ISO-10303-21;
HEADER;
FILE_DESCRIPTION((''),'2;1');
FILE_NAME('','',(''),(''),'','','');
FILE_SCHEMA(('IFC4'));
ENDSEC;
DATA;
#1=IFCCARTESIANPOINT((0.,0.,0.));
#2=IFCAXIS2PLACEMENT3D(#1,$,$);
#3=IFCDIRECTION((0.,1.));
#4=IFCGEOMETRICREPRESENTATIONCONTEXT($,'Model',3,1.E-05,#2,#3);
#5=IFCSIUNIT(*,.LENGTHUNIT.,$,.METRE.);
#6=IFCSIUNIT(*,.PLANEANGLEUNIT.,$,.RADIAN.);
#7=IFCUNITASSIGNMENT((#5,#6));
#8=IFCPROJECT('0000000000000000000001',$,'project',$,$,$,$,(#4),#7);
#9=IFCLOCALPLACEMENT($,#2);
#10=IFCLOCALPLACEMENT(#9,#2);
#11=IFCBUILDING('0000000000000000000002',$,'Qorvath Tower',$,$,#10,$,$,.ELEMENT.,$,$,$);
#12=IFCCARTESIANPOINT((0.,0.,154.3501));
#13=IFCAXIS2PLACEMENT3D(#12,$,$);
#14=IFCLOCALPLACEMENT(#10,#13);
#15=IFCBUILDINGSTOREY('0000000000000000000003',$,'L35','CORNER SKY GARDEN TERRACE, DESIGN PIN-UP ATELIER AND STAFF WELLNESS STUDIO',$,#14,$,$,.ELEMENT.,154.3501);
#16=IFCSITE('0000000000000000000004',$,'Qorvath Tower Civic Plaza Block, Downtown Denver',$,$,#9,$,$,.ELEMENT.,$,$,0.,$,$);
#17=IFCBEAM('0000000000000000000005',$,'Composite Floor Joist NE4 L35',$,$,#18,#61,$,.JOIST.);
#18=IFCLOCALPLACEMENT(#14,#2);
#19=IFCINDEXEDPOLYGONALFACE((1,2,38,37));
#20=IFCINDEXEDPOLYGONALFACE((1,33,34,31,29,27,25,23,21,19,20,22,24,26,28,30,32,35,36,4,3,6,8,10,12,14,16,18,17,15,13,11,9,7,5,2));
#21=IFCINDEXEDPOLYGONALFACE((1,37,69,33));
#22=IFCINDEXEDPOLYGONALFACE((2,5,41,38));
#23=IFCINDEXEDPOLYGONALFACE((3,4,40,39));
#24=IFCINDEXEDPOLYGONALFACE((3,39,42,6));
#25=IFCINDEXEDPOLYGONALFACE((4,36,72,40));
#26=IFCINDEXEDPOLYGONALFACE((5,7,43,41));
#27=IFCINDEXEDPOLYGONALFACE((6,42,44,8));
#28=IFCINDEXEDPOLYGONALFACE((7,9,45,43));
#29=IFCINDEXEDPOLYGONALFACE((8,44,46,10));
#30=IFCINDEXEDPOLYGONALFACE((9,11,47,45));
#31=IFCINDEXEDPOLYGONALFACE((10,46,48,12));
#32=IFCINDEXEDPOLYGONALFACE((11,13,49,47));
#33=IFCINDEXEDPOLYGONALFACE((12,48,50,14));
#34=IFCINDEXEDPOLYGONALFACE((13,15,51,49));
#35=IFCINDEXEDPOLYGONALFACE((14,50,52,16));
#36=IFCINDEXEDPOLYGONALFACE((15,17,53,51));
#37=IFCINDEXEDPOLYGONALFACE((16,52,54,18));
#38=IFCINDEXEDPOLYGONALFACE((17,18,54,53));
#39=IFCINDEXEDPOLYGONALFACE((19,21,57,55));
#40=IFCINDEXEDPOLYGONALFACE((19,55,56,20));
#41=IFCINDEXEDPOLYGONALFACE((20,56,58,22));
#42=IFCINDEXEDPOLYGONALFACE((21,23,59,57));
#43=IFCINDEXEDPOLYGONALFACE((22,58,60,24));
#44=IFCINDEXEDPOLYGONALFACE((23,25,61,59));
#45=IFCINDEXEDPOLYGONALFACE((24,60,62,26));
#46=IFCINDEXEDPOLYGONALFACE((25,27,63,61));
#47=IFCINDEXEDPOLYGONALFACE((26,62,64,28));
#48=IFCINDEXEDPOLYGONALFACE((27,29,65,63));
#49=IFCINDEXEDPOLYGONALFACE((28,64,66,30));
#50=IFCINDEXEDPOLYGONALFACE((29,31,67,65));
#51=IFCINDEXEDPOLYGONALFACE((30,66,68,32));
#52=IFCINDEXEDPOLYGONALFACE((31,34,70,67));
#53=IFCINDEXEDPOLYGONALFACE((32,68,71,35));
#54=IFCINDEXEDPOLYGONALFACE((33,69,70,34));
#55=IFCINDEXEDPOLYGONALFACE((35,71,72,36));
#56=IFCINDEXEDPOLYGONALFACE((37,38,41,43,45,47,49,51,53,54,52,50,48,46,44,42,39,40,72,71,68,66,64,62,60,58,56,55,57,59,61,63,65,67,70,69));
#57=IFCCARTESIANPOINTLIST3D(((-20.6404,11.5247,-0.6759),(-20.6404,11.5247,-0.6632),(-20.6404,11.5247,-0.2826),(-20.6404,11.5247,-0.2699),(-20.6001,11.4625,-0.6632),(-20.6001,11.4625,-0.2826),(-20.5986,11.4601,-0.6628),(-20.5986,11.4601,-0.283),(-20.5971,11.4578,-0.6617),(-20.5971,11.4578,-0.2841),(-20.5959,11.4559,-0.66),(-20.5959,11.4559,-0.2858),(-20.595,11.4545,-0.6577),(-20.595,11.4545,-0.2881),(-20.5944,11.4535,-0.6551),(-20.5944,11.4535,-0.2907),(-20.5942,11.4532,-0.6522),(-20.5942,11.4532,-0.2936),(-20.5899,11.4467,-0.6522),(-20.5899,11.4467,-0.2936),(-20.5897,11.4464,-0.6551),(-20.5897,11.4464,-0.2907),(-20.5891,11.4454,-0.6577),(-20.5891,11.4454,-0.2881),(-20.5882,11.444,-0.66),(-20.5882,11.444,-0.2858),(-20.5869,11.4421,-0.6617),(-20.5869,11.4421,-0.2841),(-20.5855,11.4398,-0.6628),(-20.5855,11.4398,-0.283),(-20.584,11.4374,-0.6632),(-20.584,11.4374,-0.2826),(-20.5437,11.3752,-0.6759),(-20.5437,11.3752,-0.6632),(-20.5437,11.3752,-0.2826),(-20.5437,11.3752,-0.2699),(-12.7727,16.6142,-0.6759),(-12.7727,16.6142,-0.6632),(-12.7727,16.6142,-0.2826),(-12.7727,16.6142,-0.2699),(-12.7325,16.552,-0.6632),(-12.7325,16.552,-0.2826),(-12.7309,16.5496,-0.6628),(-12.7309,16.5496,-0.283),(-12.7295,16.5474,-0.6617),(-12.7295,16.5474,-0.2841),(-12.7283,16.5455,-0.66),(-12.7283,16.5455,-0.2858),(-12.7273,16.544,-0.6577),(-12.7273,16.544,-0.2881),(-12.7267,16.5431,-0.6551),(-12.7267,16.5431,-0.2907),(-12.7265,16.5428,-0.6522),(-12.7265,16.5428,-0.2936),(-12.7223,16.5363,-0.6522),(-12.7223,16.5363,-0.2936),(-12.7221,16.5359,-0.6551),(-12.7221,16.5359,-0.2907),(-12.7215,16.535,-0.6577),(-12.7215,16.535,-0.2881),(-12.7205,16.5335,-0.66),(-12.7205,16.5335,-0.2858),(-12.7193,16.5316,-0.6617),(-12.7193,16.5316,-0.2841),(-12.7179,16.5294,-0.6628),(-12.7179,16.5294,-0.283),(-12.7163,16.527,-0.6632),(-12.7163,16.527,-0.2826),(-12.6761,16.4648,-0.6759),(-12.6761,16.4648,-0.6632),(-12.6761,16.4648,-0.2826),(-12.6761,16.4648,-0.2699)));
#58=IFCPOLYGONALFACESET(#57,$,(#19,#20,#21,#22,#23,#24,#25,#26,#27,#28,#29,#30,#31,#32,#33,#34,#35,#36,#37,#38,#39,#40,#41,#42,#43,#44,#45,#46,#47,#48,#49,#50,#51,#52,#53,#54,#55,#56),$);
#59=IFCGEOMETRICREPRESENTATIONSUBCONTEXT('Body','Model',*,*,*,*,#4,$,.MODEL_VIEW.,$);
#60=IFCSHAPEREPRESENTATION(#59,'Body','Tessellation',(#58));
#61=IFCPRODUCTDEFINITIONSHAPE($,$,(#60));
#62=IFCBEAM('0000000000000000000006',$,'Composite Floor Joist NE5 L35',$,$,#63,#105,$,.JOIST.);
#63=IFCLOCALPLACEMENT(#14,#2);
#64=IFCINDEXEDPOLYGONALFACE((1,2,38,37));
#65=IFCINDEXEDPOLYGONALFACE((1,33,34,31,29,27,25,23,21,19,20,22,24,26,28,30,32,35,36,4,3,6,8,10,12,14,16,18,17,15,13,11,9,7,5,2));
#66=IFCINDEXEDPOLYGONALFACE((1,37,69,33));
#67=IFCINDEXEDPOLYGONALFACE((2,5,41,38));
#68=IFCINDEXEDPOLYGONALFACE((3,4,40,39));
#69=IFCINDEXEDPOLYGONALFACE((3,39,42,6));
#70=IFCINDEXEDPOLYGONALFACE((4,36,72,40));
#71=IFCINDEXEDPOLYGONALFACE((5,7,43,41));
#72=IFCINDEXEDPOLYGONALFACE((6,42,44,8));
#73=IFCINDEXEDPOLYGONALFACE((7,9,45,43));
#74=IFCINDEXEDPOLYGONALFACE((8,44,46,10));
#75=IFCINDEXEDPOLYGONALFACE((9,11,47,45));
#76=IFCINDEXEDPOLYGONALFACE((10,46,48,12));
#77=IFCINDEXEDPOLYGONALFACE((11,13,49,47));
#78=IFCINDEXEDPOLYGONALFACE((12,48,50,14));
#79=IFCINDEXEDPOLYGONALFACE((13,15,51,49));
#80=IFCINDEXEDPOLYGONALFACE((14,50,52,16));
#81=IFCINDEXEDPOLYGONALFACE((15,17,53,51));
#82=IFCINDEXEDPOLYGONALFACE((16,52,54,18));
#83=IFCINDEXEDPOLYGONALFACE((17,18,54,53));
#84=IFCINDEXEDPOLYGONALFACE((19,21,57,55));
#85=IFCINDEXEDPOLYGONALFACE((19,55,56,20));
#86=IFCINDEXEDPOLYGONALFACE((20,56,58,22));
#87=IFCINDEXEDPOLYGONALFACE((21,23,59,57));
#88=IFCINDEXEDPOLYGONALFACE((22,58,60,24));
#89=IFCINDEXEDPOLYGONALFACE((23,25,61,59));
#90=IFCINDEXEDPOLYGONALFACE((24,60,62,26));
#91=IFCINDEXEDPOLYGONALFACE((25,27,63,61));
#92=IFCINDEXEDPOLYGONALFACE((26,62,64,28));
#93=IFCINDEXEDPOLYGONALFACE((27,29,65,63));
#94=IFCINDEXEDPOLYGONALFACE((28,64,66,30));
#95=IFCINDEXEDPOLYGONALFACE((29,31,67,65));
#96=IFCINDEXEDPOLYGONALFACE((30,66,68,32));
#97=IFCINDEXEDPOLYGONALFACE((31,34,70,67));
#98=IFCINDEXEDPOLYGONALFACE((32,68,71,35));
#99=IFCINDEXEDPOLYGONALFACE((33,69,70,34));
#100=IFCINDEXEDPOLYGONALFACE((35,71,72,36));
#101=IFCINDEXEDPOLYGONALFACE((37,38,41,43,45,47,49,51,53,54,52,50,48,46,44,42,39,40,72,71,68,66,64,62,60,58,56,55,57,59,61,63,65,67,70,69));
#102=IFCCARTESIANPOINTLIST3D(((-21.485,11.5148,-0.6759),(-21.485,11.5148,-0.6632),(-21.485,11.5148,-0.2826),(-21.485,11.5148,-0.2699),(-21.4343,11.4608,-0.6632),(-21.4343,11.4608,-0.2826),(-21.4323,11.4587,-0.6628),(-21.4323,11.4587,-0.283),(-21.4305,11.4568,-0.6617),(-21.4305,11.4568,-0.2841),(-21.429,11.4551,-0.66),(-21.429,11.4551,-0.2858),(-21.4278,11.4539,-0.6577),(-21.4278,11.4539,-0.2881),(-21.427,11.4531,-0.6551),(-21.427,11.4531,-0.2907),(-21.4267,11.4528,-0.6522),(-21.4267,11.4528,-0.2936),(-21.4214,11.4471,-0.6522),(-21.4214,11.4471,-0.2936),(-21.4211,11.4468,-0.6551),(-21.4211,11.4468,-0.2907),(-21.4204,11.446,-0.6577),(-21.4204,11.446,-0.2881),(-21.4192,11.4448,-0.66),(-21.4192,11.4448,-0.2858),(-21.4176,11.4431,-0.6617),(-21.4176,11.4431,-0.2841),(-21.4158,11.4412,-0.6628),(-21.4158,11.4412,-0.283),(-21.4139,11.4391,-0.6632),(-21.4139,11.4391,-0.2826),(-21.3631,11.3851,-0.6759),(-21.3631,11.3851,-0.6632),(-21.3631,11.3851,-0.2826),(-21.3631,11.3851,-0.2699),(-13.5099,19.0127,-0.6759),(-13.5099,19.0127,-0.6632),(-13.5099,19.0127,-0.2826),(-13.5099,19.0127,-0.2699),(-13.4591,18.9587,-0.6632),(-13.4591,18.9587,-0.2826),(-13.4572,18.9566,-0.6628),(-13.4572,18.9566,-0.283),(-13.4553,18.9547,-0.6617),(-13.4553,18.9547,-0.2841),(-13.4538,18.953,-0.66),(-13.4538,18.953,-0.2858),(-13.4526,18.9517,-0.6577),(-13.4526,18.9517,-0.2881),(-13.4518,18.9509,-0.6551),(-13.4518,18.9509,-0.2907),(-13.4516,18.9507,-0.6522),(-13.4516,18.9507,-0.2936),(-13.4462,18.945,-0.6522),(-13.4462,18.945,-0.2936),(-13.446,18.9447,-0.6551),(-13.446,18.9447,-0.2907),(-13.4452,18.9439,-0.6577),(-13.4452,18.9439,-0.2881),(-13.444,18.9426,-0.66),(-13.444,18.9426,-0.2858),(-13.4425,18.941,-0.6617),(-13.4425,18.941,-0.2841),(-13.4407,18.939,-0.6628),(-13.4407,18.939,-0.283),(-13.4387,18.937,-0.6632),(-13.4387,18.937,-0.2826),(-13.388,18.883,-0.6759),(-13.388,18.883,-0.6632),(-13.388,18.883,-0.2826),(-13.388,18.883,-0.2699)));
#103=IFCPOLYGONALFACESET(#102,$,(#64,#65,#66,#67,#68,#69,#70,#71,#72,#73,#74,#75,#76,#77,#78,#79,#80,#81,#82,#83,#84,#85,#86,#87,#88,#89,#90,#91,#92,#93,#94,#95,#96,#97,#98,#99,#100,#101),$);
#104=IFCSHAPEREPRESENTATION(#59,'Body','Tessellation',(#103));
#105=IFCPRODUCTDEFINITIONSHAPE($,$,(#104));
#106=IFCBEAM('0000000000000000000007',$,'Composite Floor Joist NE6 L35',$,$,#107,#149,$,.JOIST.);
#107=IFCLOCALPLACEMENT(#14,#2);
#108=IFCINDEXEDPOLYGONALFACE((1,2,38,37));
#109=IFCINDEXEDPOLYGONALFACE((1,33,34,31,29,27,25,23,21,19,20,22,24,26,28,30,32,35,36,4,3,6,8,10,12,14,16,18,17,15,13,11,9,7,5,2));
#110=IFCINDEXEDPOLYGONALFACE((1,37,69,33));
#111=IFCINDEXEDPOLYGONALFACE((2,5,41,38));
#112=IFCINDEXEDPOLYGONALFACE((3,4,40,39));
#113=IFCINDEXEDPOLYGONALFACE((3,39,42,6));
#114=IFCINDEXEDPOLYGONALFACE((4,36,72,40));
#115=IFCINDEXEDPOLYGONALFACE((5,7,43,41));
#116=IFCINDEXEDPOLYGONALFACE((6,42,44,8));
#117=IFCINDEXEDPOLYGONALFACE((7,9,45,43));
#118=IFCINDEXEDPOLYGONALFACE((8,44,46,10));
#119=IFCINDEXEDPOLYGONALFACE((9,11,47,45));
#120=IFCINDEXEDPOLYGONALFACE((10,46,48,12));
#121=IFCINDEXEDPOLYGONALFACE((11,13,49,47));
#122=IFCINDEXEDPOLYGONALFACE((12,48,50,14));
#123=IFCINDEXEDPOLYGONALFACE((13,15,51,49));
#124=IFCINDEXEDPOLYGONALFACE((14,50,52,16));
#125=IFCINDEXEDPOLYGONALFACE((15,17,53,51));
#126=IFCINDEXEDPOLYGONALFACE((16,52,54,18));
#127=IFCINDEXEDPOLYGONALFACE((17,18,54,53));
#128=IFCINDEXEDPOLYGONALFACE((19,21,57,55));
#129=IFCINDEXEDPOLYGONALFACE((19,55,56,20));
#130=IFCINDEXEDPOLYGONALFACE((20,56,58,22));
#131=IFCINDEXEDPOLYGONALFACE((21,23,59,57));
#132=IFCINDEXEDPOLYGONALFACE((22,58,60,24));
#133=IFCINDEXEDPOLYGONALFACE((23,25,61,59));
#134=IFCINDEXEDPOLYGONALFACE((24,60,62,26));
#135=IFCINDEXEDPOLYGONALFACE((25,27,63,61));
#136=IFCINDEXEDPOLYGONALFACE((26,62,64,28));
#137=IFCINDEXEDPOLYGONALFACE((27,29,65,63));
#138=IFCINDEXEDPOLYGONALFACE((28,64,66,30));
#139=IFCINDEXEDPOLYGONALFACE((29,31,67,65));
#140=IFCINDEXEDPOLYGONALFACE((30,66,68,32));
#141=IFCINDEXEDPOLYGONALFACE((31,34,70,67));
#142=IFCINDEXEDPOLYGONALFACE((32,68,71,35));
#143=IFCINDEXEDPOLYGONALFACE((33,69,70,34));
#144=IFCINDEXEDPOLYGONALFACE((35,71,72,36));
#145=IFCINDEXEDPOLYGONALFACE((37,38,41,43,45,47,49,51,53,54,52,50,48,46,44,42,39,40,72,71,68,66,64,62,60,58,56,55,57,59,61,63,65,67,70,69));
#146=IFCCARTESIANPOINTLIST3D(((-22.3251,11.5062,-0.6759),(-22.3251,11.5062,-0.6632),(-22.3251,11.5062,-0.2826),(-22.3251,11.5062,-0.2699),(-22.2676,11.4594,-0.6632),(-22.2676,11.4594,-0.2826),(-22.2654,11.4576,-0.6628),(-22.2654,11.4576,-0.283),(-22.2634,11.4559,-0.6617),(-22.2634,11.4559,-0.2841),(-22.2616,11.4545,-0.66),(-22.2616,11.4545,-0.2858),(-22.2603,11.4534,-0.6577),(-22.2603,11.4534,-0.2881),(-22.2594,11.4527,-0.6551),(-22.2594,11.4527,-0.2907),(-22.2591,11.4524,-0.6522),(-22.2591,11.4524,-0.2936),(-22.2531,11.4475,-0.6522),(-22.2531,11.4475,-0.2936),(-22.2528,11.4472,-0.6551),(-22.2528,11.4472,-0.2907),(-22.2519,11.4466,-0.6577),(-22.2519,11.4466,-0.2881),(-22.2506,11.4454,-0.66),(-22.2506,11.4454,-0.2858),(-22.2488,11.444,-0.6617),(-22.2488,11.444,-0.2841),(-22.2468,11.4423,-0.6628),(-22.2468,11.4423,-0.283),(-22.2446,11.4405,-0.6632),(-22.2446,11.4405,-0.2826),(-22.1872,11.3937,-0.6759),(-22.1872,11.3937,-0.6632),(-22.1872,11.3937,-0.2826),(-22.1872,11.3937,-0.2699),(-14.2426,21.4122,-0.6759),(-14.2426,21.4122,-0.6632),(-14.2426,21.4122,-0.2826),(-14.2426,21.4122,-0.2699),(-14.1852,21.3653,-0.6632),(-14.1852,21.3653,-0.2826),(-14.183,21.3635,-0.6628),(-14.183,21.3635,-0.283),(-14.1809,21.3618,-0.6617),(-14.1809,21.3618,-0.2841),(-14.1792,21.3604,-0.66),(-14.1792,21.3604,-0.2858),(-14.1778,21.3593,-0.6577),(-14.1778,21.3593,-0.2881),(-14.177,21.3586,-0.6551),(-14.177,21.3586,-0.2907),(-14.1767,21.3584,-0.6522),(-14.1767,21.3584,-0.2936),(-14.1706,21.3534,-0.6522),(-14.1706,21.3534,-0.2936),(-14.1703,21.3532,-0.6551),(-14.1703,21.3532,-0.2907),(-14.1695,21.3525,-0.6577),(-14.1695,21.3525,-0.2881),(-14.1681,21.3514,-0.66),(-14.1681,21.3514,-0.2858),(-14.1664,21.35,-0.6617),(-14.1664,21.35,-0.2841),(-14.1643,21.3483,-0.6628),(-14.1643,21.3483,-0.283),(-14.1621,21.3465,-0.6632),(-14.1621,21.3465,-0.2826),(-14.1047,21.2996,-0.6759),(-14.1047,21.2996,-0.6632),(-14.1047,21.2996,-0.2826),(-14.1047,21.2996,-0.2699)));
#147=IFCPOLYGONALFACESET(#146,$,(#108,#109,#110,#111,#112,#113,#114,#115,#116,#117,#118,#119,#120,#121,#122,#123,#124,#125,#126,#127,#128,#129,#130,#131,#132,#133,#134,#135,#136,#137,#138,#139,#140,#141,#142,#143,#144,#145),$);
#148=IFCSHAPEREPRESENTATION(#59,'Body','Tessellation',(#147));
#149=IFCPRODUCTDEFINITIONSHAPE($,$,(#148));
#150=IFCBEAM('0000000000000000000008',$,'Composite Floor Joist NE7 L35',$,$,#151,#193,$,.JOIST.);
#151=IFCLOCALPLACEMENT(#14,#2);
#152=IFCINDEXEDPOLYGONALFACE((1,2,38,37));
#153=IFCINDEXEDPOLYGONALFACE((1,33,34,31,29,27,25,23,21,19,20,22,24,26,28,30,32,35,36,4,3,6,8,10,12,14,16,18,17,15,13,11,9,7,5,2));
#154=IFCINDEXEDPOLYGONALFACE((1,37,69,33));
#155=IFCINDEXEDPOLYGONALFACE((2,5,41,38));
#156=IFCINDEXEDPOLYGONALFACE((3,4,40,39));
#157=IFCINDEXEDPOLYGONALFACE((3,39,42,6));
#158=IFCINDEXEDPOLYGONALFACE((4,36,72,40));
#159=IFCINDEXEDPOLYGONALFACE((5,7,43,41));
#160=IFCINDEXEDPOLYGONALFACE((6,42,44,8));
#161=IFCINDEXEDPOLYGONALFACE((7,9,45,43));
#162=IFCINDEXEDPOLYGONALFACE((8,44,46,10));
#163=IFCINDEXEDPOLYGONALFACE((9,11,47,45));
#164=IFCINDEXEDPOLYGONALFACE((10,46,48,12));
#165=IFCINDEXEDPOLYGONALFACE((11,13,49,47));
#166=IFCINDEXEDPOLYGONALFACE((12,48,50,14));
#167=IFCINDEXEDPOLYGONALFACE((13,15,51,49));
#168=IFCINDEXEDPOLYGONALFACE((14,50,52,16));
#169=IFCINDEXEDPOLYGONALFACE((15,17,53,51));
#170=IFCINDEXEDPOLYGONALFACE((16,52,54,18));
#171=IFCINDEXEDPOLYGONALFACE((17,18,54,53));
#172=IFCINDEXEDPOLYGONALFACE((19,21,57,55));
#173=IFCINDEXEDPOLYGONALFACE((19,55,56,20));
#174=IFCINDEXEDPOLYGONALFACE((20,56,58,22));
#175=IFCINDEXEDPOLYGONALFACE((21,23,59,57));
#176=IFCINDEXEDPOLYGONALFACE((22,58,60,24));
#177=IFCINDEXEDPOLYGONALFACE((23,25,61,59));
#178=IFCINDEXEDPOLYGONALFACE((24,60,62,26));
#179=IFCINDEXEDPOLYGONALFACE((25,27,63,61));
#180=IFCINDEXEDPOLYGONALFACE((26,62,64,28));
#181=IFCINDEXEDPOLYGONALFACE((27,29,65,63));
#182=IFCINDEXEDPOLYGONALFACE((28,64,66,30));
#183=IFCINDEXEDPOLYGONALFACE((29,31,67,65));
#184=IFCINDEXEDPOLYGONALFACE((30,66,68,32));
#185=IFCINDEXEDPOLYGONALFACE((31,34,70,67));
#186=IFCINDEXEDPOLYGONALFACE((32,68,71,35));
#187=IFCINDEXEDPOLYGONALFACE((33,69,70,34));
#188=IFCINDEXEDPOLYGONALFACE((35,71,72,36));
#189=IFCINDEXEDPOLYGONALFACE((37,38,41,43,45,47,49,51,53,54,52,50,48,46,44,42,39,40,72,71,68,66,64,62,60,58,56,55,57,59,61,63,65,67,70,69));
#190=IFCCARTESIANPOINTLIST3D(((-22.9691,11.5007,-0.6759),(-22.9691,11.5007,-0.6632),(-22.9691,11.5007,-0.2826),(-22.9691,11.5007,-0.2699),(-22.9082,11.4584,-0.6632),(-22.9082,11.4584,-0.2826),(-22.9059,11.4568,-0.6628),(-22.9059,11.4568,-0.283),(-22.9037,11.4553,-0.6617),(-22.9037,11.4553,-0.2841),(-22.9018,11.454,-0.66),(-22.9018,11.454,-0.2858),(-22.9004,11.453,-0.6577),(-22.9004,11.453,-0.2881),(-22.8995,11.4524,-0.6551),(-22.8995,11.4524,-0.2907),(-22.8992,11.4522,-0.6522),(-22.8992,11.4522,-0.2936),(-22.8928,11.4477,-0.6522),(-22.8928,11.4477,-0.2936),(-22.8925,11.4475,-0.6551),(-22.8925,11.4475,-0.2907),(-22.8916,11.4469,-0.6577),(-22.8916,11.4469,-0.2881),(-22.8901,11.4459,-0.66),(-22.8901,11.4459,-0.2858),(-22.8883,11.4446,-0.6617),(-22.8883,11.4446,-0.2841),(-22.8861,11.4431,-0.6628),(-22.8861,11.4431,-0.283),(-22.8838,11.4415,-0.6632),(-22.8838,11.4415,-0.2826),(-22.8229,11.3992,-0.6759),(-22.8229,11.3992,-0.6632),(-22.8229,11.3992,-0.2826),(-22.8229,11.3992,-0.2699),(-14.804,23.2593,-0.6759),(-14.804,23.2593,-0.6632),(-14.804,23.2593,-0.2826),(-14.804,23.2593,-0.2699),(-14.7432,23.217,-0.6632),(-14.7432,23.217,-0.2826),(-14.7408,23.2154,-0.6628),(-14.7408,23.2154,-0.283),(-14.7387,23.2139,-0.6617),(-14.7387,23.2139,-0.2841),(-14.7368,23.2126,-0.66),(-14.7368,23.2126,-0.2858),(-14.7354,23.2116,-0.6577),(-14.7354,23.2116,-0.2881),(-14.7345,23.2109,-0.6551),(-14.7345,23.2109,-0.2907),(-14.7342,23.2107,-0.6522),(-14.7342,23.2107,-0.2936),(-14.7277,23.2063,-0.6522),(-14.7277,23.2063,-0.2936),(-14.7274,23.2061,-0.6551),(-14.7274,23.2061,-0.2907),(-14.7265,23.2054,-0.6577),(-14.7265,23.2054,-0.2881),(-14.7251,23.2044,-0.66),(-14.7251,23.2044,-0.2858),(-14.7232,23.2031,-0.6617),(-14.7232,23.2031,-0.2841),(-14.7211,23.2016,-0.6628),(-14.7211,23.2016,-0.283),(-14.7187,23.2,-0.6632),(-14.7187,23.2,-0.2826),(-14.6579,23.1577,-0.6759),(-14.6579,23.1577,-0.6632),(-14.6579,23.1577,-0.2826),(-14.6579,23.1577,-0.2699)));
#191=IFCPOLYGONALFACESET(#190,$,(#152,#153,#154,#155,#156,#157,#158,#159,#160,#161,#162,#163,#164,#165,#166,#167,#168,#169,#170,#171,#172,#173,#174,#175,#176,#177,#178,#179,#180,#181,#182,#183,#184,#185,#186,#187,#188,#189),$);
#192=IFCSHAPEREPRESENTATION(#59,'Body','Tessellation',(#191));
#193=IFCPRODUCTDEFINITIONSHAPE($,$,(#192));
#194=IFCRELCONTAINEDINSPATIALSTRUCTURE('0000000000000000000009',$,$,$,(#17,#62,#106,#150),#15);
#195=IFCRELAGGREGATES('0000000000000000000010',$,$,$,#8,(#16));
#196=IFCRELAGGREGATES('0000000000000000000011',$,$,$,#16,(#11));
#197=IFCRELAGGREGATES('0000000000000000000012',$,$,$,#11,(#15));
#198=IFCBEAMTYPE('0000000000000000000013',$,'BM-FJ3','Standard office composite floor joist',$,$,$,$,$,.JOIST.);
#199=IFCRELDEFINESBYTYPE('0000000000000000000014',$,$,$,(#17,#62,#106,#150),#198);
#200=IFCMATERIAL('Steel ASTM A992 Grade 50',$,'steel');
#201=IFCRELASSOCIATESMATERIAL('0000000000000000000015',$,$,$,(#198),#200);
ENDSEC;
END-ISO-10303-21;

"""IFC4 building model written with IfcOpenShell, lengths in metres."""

from ifc_helpers import new_model, si_unit, direction, frame, origin, origin_2d, place, context, subcontext, project, spatial, i_section, extrude, material, material_profile, profile_set, type_object, element, save


model = new_model("IFC4")

# Units and contexts
model_context = context("Model", 3, precision=1e-05, world=origin(), true_north=direction((0.0, 1.0)))
body_context = subcontext(model_context, "Body", "Model", "MODEL_VIEW")
ifc_project = project(units=[si_unit("LENGTHUNIT", "METRE"), si_unit("PLANEANGLEUNIT", "RADIAN")], contexts=[model_context])

# Site, building, storey
site_placement = place(None, origin())
site = spatial("IfcSite", under=ifc_project, at=site_placement, Name="Qorvath Tower Civic Plaza Block, Downtown Denver", CompositionType="ELEMENT", RefElevation=0.0)
building_placement = place(site_placement, origin())
building = spatial("IfcBuilding", under=site, at=building_placement, Name="Qorvath Tower", CompositionType="ELEMENT")
storey_placement = place(building_placement, frame((0.0, 0.0, 154.3501)))
storey = spatial("IfcBuildingStorey", under=building, at=storey_placement, Name="L35", Description="CORNER SKY GARDEN TERRACE, DESIGN PIN-UP ATELIER AND STAFF WELLNESS STUDIO", CompositionType="ELEMENT", Elevation=154.3501)

# Beams
ifc_material_1 = material(Name="Steel ASTM A992 Grade 50", Category="steel")
ifc_material_profile_1 = material_profile(ifc_material_1, i_section(OverallWidth=0.178, OverallDepth=0.406, WebThickness=0.0078, FlangeThickness=0.0127, FilletRadius=0.011, at=origin_2d()), Name="W16x40")
ifc_profile_set_1 = profile_set([ifc_material_profile_1], Name="Steel ASTM A992 Grade 50")
beam_type_1 = type_object("IfcBeamType", Name="BM-FJ3", Description="Standard office composite floor joist", PredefinedType="JOIST", material=ifc_profile_set_1)
beam_1_placement = place(storey_placement, frame((-20.592, 11.45, -0.4729), z_axis=(0.839631, 0.543157, 0.0), x_axis=(-0.543157, 0.839631, 0.0)))
element("IfcBeam", 1, at=beam_1_placement, inside=storey, type_object=beam_type_1, Name="Composite Floor Joist NE4 L35", PredefinedType="JOIST", context=body_context, shape_type="SweptSolid", body=[
    extrude(i_section(OverallWidth=0.178, OverallDepth=0.406, WebThickness=0.0078, FlangeThickness=0.0127, FilletRadius=0.011, at=origin_2d()), origin(), (0.0, 0.0, 1.0), 9.3704),
])
beam_2_placement = place(storey_placement, frame((-21.4241, 11.45, -0.4729), z_axis=(0.728572, 0.684969, 0.0), x_axis=(-0.684969, 0.728572, 0.0)))
element("IfcBeam", 2, at=beam_2_placement, inside=storey, type_object=beam_type_1, Name="Composite Floor Joist NE5 L35", PredefinedType="JOIST", context=body_context, shape_type="SweptSolid", body=[
    extrude(i_section(OverallWidth=0.178, OverallDepth=0.406, WebThickness=0.0078, FlangeThickness=0.0127, FilletRadius=0.011, at=origin_2d()), origin(), (0.0, 0.0, 1.0), 10.9463),
])
beam_3_placement = place(storey_placement, frame((-22.2561, 11.45, -0.4729), z_axis=(0.632188, 0.774815, 0.0), x_axis=(-0.774815, 0.632188, 0.0)))
element("IfcBeam", 3, at=beam_3_placement, inside=storey, type_object=beam_type_1, Name="Composite Floor Joist NE6 L35", PredefinedType="JOIST", context=body_context, shape_type="SweptSolid", body=[
    extrude(i_section(OverallWidth=0.178, OverallDepth=0.406, WebThickness=0.0078, FlangeThickness=0.0127, FilletRadius=0.011, at=origin_2d()), origin(), (0.0, 0.0, 1.0), 12.7849),
])
beam_4_placement = place(storey_placement, frame((-22.896, 11.45, -0.4729), z_axis=(0.570367, 0.82139, 0.0), x_axis=(-0.82139, 0.570367, 0.0)))
element("IfcBeam", 4, at=beam_4_placement, inside=storey, type_object=beam_type_1, Name="Composite Floor Joist NE7 L35", PredefinedType="JOIST", context=body_context, shape_type="SweptSolid", body=[
    extrude(i_section(OverallWidth=0.178, OverallDepth=0.406, WebThickness=0.0078, FlangeThickness=0.0127, FilletRadius=0.011, at=origin_2d()), origin(), (0.0, 0.0, 1.0), 14.3154),
])

save(model, "model.ifc")
